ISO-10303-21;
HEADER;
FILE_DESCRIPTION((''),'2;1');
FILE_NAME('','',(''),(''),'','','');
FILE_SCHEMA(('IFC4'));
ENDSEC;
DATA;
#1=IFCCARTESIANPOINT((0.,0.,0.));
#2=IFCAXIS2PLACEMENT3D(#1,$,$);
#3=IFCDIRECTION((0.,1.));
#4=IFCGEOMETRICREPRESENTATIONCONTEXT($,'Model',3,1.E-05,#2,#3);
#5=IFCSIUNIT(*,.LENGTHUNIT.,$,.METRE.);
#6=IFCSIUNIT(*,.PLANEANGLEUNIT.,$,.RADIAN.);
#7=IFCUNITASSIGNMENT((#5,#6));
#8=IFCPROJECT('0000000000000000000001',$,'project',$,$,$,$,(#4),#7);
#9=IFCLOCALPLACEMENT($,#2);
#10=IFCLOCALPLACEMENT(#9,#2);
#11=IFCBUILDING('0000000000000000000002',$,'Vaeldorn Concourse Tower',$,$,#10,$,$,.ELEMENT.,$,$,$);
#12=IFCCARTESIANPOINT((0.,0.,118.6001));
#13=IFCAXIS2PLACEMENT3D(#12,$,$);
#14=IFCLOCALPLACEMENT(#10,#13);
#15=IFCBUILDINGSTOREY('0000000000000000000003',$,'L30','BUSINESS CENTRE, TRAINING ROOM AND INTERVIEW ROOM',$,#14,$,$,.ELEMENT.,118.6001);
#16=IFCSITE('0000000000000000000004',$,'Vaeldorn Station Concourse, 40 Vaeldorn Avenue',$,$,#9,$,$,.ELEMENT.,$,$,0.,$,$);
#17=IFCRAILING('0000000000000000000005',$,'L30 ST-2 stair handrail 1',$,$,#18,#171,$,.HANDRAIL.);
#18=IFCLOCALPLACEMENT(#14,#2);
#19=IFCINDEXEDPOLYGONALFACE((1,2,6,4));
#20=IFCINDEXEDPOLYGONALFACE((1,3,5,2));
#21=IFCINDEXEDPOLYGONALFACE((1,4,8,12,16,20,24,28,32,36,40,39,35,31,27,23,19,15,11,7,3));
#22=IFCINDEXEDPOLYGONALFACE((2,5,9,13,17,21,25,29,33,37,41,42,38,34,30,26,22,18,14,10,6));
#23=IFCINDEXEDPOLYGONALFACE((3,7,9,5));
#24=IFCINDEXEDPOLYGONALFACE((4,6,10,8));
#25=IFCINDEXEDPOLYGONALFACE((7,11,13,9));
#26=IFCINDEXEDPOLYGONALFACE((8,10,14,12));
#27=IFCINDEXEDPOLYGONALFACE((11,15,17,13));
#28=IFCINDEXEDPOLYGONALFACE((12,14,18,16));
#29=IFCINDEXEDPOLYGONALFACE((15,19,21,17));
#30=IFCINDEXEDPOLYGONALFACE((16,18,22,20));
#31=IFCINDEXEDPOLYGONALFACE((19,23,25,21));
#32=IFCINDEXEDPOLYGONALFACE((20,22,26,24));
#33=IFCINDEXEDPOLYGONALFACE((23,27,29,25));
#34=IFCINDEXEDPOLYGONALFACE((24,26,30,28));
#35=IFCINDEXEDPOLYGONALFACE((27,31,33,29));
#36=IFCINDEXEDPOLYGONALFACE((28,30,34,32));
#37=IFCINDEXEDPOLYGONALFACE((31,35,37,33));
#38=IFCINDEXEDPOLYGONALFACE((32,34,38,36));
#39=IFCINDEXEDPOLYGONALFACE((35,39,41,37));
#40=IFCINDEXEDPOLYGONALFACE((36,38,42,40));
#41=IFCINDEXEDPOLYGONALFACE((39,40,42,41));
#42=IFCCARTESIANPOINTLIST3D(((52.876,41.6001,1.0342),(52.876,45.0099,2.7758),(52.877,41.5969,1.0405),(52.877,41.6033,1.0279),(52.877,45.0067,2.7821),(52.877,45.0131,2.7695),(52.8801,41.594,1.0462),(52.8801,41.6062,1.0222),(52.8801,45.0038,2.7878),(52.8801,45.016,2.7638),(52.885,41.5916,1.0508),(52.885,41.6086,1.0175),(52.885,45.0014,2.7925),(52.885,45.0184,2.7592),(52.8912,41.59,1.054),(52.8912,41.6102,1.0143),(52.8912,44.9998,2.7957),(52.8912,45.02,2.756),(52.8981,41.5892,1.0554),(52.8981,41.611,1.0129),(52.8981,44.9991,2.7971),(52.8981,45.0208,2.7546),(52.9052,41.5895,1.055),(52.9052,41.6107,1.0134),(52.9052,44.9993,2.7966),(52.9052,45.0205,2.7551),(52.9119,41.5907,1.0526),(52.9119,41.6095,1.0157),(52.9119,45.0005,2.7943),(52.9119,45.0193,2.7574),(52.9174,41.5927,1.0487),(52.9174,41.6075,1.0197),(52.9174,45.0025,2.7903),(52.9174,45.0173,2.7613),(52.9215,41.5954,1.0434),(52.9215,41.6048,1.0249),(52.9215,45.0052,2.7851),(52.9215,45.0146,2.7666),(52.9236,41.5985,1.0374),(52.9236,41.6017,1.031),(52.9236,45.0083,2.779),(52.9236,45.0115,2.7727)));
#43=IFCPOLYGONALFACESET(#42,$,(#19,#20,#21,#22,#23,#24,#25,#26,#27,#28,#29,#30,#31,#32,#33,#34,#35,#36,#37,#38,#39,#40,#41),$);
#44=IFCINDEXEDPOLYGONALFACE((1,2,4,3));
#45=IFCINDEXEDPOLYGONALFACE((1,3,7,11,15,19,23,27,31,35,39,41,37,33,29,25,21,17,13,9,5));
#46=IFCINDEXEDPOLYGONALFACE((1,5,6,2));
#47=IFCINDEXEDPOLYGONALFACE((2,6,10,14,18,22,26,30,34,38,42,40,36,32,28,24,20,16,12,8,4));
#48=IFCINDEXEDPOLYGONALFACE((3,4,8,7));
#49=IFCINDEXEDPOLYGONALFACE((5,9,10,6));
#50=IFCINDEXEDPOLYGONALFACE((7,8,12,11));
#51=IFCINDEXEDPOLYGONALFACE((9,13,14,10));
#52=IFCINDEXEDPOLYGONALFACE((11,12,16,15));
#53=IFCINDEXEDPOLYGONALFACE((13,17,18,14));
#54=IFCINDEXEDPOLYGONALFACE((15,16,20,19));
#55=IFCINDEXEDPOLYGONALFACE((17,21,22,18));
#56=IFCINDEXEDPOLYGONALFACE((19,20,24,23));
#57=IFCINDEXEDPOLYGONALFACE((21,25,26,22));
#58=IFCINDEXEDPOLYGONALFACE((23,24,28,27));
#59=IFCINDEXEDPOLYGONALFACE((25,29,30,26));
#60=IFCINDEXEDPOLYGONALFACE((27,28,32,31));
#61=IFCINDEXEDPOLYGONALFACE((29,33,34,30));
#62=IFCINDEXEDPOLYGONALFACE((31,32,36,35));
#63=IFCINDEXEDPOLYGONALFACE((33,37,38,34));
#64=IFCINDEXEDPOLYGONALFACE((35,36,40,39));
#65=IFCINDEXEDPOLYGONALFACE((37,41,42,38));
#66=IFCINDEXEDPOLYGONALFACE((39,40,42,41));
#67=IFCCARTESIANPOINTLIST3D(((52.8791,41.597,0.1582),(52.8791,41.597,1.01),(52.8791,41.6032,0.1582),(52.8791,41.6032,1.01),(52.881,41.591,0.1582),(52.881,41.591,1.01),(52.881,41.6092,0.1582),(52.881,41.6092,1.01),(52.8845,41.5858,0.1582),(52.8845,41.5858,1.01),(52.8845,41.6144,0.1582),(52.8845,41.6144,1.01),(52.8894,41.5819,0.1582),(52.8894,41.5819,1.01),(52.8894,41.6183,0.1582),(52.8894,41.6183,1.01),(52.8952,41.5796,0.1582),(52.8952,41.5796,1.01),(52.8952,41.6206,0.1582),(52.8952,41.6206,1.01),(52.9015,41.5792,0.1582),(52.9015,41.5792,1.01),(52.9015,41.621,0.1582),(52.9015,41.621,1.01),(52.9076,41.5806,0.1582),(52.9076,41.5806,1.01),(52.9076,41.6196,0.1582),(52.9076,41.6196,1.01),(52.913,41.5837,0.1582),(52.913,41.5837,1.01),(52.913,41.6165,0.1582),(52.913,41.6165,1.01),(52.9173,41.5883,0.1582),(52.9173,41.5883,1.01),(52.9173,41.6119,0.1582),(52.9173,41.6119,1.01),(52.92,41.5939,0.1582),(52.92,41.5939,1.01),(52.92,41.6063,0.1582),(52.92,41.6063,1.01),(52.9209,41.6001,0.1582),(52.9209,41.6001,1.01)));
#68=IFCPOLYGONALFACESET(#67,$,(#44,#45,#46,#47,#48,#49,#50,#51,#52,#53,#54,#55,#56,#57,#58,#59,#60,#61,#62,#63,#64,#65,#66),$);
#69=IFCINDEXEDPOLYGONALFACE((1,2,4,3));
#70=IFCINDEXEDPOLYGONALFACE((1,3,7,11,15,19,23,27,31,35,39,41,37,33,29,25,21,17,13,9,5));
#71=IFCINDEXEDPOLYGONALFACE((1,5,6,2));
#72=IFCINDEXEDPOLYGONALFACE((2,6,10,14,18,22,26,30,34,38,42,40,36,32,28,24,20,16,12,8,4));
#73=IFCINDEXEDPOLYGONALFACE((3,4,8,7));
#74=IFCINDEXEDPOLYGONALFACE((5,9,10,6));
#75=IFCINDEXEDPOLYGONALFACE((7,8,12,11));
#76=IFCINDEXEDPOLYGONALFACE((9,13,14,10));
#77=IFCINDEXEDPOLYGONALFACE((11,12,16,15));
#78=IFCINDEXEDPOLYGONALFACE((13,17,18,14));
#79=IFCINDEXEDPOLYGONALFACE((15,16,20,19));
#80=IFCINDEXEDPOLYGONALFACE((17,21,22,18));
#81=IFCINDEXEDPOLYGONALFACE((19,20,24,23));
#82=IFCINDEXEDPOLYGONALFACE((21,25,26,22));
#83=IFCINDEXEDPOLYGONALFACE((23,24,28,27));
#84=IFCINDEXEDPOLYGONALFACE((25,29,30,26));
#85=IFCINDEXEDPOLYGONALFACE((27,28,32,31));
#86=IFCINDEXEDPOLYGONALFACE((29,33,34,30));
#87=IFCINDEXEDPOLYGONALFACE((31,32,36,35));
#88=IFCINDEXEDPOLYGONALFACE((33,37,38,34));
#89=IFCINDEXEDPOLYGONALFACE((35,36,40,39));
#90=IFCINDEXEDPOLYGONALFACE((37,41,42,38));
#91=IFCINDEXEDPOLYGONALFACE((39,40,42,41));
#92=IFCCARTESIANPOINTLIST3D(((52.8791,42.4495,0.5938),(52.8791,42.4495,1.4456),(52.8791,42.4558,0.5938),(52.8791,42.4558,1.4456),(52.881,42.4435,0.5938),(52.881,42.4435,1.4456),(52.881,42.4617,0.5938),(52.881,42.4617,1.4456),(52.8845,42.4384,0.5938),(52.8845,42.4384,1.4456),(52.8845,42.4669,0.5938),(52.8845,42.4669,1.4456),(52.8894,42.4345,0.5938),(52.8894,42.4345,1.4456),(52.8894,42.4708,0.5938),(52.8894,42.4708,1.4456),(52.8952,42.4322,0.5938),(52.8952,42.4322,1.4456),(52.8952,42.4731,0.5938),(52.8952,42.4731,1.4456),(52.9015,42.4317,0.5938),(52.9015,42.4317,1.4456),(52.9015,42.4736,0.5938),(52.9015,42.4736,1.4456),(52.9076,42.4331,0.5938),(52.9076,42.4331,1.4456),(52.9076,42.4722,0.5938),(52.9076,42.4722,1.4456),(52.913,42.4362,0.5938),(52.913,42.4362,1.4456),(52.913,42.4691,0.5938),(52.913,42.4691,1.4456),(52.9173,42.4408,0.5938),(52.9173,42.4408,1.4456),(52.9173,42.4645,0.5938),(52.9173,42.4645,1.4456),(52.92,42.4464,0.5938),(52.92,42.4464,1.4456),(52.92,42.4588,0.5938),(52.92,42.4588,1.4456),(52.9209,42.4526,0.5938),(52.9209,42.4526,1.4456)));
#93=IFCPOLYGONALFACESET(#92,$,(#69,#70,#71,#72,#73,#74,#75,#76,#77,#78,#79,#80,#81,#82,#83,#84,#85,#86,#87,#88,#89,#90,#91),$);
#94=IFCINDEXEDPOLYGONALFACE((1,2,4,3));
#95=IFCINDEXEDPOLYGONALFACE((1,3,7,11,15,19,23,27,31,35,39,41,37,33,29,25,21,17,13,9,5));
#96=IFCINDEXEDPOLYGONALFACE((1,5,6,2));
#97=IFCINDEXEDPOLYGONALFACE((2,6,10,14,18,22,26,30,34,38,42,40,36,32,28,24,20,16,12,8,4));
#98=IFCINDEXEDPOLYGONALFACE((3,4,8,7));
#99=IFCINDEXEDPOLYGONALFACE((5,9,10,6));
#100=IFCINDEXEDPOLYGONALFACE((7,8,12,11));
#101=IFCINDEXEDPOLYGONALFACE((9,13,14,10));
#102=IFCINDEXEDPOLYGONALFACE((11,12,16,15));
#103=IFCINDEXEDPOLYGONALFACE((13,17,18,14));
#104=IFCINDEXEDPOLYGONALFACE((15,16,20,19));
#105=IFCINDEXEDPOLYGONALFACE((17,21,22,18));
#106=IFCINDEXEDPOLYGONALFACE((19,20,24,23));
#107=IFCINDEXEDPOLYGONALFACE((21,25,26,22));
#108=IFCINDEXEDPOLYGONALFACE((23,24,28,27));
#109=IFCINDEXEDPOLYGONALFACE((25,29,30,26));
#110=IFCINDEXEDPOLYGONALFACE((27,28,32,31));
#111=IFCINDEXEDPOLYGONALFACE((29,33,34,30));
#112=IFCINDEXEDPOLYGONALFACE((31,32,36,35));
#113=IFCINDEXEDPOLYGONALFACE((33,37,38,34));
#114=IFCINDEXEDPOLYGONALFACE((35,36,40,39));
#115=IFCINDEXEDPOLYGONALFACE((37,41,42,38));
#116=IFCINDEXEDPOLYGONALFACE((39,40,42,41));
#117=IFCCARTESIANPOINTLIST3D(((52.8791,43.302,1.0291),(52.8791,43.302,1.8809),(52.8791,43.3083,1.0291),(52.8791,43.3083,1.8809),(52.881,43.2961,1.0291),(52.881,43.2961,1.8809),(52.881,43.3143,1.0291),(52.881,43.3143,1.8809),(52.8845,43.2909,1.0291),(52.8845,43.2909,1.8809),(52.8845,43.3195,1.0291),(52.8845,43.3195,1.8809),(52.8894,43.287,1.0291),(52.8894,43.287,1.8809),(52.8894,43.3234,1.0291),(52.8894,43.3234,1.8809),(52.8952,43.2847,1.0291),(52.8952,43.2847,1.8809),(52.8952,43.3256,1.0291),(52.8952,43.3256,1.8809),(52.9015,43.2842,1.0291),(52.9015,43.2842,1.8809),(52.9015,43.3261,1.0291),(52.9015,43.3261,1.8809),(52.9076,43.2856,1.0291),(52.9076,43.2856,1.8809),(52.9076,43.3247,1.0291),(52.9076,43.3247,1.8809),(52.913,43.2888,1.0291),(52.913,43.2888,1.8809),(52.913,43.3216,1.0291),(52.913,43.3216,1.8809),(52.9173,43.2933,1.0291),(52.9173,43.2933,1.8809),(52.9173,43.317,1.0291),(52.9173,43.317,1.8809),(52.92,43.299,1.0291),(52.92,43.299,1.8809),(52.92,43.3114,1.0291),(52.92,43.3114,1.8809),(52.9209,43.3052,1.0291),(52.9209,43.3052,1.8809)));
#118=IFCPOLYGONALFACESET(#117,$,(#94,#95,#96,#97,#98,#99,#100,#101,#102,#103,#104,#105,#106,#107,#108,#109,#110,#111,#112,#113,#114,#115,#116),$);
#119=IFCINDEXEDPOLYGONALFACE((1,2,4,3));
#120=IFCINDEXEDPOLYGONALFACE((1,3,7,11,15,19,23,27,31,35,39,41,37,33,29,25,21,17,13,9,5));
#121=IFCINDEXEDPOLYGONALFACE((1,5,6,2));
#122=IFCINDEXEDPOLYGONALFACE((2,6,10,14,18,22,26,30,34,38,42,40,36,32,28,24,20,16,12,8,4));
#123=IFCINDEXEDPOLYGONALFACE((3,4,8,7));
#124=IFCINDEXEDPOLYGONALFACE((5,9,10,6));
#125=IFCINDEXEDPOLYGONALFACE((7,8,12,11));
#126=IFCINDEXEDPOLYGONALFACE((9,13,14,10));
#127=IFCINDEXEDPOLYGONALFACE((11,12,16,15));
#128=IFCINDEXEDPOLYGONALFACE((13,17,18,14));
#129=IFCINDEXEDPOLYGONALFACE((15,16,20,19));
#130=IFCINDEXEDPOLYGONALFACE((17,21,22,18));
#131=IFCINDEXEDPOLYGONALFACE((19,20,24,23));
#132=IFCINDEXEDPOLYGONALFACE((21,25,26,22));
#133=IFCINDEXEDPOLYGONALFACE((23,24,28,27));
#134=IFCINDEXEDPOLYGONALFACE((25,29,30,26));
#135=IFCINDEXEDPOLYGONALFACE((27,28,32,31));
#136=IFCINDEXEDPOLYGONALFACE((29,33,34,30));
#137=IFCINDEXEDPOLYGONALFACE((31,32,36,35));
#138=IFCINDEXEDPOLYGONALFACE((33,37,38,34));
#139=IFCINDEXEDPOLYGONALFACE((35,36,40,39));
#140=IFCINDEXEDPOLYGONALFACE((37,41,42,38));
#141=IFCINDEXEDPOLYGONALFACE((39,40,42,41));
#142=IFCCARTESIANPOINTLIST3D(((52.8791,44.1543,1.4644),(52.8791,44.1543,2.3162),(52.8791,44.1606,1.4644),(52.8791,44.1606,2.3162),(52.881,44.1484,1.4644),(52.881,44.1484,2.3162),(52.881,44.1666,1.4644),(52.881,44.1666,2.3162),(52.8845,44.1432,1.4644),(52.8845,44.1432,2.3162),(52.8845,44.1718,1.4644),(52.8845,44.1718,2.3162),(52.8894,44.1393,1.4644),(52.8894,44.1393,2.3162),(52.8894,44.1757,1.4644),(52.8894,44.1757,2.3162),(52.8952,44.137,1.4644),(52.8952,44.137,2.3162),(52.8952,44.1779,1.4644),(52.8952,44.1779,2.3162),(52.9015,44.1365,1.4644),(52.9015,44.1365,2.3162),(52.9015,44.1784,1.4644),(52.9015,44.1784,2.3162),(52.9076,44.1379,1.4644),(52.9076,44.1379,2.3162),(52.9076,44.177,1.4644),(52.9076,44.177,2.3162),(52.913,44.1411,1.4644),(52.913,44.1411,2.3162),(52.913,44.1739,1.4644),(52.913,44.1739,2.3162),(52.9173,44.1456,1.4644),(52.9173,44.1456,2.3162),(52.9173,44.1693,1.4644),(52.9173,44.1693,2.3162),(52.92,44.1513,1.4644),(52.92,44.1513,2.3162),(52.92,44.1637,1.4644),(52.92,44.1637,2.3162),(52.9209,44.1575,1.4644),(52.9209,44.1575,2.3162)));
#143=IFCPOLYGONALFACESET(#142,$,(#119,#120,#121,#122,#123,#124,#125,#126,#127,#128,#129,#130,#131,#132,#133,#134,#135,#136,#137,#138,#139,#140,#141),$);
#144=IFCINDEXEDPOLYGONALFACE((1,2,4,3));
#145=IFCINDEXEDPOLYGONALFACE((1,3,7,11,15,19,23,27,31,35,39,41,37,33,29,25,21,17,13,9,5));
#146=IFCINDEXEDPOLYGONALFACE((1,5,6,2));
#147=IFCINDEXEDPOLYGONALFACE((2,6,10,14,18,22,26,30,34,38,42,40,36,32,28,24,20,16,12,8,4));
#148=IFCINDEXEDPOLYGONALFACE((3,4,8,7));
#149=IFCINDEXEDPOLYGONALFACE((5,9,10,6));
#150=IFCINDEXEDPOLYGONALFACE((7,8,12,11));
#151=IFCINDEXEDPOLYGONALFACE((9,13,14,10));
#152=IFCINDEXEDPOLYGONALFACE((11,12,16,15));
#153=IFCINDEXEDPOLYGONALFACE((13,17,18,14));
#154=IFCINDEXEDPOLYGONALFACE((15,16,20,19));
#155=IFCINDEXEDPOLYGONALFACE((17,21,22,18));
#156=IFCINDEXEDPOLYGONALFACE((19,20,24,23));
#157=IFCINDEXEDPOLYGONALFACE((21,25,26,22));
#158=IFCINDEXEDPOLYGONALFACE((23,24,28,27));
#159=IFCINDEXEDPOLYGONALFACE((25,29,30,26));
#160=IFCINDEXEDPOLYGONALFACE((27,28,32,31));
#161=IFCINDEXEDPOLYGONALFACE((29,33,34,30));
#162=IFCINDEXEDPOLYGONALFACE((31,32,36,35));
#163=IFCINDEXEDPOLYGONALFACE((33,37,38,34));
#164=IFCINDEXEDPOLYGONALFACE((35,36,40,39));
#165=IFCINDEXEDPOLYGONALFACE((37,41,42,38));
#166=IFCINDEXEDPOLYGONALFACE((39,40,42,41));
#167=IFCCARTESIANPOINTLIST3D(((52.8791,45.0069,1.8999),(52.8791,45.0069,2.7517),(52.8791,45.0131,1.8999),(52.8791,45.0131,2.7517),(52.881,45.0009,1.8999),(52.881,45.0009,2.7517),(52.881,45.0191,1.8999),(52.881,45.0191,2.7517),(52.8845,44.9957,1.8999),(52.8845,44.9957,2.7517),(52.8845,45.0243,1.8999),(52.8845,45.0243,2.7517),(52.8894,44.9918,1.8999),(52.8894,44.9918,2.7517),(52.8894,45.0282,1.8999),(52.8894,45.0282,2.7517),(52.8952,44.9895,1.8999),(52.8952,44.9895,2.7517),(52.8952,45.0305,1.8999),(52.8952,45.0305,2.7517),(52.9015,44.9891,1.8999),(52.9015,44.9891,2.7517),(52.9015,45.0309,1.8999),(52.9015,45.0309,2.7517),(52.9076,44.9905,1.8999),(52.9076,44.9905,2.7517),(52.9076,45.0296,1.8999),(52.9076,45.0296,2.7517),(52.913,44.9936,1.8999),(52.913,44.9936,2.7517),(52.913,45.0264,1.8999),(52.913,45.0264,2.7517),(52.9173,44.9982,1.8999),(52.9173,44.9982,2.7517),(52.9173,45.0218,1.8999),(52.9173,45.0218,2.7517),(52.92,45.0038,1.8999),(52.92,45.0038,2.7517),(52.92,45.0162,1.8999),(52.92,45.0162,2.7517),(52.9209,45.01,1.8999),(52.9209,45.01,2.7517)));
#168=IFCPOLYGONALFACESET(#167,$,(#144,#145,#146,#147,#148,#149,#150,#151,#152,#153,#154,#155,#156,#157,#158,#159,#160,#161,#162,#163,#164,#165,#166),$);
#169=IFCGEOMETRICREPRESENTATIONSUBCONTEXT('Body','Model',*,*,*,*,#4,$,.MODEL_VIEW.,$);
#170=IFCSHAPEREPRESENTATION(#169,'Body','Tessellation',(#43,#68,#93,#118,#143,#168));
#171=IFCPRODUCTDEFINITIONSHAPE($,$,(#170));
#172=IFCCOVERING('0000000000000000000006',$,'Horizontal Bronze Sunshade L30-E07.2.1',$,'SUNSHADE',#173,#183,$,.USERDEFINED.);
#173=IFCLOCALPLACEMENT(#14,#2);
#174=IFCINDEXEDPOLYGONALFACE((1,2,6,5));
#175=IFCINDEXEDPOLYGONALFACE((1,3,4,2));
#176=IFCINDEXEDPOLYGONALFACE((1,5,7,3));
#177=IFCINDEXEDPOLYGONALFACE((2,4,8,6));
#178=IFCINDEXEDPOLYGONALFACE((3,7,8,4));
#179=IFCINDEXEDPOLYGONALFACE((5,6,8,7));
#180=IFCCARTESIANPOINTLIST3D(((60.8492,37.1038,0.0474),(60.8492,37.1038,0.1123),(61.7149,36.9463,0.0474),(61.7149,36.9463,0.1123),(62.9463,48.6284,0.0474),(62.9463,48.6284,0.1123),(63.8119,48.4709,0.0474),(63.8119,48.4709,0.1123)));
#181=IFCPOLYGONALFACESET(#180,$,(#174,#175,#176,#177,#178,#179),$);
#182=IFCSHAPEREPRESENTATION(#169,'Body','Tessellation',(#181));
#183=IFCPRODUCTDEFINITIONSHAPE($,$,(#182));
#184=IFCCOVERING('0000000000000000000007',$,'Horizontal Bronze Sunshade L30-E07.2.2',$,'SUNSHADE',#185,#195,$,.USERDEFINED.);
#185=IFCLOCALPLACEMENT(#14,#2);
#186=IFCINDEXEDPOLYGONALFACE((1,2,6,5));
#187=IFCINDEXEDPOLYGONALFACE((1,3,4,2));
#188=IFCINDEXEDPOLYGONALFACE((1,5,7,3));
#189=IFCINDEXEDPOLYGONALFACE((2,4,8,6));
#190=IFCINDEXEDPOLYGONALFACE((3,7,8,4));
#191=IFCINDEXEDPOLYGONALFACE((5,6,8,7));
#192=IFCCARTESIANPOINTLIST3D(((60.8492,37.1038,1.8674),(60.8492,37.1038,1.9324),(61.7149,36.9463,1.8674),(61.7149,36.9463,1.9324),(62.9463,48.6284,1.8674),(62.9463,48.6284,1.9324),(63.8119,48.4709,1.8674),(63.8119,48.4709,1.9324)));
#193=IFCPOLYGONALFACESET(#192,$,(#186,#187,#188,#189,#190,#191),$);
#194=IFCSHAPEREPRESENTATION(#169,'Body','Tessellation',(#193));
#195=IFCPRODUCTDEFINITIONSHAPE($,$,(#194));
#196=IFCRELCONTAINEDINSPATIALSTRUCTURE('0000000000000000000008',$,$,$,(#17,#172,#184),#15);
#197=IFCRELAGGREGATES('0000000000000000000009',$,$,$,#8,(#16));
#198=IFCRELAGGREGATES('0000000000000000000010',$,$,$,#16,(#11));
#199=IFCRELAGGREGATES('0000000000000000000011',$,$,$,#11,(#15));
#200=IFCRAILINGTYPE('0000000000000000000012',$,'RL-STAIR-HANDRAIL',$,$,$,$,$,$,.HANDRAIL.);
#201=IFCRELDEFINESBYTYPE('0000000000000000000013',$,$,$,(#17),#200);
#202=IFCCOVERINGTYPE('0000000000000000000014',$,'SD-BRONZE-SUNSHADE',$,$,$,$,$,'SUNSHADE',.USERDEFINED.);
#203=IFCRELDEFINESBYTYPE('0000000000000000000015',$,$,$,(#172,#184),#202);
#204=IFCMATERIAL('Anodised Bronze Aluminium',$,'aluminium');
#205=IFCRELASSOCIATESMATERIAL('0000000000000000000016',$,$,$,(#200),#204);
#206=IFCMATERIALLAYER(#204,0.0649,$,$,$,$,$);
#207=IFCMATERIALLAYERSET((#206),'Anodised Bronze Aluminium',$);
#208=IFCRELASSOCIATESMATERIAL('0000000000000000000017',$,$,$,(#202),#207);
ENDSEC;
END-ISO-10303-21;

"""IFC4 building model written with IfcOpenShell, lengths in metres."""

from ifc_helpers import new_model, si_unit, direction, frame, origin, origin_2d, place, context, subcontext, project, spatial, rectangle, circle, extrude, source, transform, mapped, material, layer, layer_set, type_object, element, save


model = new_model("IFC4")

# Units and contexts
model_context = context("Model", 3, precision=1e-05, world=origin(), true_north=direction((0.0, 1.0)))
body_context = subcontext(model_context, "Body", "Model", "MODEL_VIEW")
ifc_project = project(units=[si_unit("LENGTHUNIT", "METRE"), si_unit("PLANEANGLEUNIT", "RADIAN")], contexts=[model_context])

# Site, building, storey
site_placement = place(None, origin())
site = spatial("IfcSite", under=ifc_project, at=site_placement, Name="Vaeldorn Station Concourse, 40 Vaeldorn Avenue", CompositionType="ELEMENT", RefElevation=0.0)
building_placement = place(site_placement, origin())
building = spatial("IfcBuilding", under=site, at=building_placement, Name="Vaeldorn Concourse Tower", CompositionType="ELEMENT")
storey_placement = place(building_placement, frame((0.0, 0.0, 118.6001)))
storey = spatial("IfcBuildingStorey", under=building, at=storey_placement, Name="L30", Description="BUSINESS CENTRE, TRAINING ROOM AND INTERVIEW ROOM", CompositionType="ELEMENT", Elevation=118.6001)

# Shared definitions
ifc_material_1 = material(Name="Anodised Bronze Aluminium", Category="aluminium")

# Railing
railing_type_1 = type_object("IfcRailingType", Name="RL-STAIR-HANDRAIL", PredefinedType="HANDRAIL", material=ifc_material_1)
railing_1_placement = place(storey_placement, frame((52.8999, 41.6001, 0.1582)))
element("IfcRailing", 1, at=railing_1_placement, inside=storey, type_object=railing_type_1, Name="L30 ST-2 stair handrail 1", PredefinedType="HANDRAIL", context=body_context, shape_type="SweptSolid", body=[
    extrude(circle(Radius=0.0239, at=origin_2d()), frame((0.0, 0.0, 0.876), z_axis=(0.0, 0.890556, 0.454874), x_axis=(-1.0, 0.0, 0.0)), (0.0, 0.0, 1.0), 3.8289),
    extrude(circle(Radius=0.021, at=origin_2d()), origin(), (0.0, 0.0, 1.0), 0.8518),
    extrude(circle(Radius=0.021, at=origin_2d()), frame((0.0, 0.8525, 0.4355)), (0.0, 0.0, 1.0), 0.8518),
    extrude(circle(Radius=0.021, at=origin_2d()), frame((0.0, 1.7051, 0.8708)), (0.0, 0.0, 1.0), 0.8518),
    extrude(circle(Radius=0.021, at=origin_2d()), frame((0.0, 2.5574, 1.3062)), (0.0, 0.0, 1.0), 0.8518),
    extrude(circle(Radius=0.021, at=origin_2d()), frame((0.0, 3.4099, 1.7417)), (0.0, 0.0, 1.0), 0.8518),
])

# Coverings
ifc_layer_1 = layer(ifc_material_1, 0.0649)
ifc_layer_set_1 = layer_set([ifc_layer_1], Name="Anodised Bronze Aluminium")
covering_type = type_object("IfcCoveringType", Name="SD-BRONZE-SUNSHADE", ElementType="SUNSHADE", PredefinedType="USERDEFINED", material=ifc_layer_set_1)
shared_shape_1 = source(origin(), body_context, "Body", "SweptSolid", [
    extrude(rectangle(XDim=11.7139, YDim=0.8799, at=origin_2d()), origin(), (0.0, 0.0, 1.0), 0.0649),
])
for number, where, z_axis, x_axis, name in (
    (2, (62.3306, 42.7874, 0.0474), (0.0, 0.0, 1.0), (0.179025, 0.983844, 0.0), "Horizontal Bronze Sunshade L30-E07.2.1"),
    (3, (62.3306, 42.7874, 1.8674), (0.0, 0.0, 1.0), (0.179025, 0.983844, 0.0), "Horizontal Bronze Sunshade L30-E07.2.2"),
):
    element("IfcCovering", number, at=place(storey_placement, frame(where, z_axis=z_axis, x_axis=x_axis)), inside=storey, type_object=covering_type, Name=name, ObjectType="SUNSHADE", PredefinedType="USERDEFINED", context=body_context, shape_type="MappedRepresentation", body=[
        mapped(shared_shape_1, transform((0.0, 0.0, 0.0), scale=1.0)),
    ])

save(model, "model.ifc")
